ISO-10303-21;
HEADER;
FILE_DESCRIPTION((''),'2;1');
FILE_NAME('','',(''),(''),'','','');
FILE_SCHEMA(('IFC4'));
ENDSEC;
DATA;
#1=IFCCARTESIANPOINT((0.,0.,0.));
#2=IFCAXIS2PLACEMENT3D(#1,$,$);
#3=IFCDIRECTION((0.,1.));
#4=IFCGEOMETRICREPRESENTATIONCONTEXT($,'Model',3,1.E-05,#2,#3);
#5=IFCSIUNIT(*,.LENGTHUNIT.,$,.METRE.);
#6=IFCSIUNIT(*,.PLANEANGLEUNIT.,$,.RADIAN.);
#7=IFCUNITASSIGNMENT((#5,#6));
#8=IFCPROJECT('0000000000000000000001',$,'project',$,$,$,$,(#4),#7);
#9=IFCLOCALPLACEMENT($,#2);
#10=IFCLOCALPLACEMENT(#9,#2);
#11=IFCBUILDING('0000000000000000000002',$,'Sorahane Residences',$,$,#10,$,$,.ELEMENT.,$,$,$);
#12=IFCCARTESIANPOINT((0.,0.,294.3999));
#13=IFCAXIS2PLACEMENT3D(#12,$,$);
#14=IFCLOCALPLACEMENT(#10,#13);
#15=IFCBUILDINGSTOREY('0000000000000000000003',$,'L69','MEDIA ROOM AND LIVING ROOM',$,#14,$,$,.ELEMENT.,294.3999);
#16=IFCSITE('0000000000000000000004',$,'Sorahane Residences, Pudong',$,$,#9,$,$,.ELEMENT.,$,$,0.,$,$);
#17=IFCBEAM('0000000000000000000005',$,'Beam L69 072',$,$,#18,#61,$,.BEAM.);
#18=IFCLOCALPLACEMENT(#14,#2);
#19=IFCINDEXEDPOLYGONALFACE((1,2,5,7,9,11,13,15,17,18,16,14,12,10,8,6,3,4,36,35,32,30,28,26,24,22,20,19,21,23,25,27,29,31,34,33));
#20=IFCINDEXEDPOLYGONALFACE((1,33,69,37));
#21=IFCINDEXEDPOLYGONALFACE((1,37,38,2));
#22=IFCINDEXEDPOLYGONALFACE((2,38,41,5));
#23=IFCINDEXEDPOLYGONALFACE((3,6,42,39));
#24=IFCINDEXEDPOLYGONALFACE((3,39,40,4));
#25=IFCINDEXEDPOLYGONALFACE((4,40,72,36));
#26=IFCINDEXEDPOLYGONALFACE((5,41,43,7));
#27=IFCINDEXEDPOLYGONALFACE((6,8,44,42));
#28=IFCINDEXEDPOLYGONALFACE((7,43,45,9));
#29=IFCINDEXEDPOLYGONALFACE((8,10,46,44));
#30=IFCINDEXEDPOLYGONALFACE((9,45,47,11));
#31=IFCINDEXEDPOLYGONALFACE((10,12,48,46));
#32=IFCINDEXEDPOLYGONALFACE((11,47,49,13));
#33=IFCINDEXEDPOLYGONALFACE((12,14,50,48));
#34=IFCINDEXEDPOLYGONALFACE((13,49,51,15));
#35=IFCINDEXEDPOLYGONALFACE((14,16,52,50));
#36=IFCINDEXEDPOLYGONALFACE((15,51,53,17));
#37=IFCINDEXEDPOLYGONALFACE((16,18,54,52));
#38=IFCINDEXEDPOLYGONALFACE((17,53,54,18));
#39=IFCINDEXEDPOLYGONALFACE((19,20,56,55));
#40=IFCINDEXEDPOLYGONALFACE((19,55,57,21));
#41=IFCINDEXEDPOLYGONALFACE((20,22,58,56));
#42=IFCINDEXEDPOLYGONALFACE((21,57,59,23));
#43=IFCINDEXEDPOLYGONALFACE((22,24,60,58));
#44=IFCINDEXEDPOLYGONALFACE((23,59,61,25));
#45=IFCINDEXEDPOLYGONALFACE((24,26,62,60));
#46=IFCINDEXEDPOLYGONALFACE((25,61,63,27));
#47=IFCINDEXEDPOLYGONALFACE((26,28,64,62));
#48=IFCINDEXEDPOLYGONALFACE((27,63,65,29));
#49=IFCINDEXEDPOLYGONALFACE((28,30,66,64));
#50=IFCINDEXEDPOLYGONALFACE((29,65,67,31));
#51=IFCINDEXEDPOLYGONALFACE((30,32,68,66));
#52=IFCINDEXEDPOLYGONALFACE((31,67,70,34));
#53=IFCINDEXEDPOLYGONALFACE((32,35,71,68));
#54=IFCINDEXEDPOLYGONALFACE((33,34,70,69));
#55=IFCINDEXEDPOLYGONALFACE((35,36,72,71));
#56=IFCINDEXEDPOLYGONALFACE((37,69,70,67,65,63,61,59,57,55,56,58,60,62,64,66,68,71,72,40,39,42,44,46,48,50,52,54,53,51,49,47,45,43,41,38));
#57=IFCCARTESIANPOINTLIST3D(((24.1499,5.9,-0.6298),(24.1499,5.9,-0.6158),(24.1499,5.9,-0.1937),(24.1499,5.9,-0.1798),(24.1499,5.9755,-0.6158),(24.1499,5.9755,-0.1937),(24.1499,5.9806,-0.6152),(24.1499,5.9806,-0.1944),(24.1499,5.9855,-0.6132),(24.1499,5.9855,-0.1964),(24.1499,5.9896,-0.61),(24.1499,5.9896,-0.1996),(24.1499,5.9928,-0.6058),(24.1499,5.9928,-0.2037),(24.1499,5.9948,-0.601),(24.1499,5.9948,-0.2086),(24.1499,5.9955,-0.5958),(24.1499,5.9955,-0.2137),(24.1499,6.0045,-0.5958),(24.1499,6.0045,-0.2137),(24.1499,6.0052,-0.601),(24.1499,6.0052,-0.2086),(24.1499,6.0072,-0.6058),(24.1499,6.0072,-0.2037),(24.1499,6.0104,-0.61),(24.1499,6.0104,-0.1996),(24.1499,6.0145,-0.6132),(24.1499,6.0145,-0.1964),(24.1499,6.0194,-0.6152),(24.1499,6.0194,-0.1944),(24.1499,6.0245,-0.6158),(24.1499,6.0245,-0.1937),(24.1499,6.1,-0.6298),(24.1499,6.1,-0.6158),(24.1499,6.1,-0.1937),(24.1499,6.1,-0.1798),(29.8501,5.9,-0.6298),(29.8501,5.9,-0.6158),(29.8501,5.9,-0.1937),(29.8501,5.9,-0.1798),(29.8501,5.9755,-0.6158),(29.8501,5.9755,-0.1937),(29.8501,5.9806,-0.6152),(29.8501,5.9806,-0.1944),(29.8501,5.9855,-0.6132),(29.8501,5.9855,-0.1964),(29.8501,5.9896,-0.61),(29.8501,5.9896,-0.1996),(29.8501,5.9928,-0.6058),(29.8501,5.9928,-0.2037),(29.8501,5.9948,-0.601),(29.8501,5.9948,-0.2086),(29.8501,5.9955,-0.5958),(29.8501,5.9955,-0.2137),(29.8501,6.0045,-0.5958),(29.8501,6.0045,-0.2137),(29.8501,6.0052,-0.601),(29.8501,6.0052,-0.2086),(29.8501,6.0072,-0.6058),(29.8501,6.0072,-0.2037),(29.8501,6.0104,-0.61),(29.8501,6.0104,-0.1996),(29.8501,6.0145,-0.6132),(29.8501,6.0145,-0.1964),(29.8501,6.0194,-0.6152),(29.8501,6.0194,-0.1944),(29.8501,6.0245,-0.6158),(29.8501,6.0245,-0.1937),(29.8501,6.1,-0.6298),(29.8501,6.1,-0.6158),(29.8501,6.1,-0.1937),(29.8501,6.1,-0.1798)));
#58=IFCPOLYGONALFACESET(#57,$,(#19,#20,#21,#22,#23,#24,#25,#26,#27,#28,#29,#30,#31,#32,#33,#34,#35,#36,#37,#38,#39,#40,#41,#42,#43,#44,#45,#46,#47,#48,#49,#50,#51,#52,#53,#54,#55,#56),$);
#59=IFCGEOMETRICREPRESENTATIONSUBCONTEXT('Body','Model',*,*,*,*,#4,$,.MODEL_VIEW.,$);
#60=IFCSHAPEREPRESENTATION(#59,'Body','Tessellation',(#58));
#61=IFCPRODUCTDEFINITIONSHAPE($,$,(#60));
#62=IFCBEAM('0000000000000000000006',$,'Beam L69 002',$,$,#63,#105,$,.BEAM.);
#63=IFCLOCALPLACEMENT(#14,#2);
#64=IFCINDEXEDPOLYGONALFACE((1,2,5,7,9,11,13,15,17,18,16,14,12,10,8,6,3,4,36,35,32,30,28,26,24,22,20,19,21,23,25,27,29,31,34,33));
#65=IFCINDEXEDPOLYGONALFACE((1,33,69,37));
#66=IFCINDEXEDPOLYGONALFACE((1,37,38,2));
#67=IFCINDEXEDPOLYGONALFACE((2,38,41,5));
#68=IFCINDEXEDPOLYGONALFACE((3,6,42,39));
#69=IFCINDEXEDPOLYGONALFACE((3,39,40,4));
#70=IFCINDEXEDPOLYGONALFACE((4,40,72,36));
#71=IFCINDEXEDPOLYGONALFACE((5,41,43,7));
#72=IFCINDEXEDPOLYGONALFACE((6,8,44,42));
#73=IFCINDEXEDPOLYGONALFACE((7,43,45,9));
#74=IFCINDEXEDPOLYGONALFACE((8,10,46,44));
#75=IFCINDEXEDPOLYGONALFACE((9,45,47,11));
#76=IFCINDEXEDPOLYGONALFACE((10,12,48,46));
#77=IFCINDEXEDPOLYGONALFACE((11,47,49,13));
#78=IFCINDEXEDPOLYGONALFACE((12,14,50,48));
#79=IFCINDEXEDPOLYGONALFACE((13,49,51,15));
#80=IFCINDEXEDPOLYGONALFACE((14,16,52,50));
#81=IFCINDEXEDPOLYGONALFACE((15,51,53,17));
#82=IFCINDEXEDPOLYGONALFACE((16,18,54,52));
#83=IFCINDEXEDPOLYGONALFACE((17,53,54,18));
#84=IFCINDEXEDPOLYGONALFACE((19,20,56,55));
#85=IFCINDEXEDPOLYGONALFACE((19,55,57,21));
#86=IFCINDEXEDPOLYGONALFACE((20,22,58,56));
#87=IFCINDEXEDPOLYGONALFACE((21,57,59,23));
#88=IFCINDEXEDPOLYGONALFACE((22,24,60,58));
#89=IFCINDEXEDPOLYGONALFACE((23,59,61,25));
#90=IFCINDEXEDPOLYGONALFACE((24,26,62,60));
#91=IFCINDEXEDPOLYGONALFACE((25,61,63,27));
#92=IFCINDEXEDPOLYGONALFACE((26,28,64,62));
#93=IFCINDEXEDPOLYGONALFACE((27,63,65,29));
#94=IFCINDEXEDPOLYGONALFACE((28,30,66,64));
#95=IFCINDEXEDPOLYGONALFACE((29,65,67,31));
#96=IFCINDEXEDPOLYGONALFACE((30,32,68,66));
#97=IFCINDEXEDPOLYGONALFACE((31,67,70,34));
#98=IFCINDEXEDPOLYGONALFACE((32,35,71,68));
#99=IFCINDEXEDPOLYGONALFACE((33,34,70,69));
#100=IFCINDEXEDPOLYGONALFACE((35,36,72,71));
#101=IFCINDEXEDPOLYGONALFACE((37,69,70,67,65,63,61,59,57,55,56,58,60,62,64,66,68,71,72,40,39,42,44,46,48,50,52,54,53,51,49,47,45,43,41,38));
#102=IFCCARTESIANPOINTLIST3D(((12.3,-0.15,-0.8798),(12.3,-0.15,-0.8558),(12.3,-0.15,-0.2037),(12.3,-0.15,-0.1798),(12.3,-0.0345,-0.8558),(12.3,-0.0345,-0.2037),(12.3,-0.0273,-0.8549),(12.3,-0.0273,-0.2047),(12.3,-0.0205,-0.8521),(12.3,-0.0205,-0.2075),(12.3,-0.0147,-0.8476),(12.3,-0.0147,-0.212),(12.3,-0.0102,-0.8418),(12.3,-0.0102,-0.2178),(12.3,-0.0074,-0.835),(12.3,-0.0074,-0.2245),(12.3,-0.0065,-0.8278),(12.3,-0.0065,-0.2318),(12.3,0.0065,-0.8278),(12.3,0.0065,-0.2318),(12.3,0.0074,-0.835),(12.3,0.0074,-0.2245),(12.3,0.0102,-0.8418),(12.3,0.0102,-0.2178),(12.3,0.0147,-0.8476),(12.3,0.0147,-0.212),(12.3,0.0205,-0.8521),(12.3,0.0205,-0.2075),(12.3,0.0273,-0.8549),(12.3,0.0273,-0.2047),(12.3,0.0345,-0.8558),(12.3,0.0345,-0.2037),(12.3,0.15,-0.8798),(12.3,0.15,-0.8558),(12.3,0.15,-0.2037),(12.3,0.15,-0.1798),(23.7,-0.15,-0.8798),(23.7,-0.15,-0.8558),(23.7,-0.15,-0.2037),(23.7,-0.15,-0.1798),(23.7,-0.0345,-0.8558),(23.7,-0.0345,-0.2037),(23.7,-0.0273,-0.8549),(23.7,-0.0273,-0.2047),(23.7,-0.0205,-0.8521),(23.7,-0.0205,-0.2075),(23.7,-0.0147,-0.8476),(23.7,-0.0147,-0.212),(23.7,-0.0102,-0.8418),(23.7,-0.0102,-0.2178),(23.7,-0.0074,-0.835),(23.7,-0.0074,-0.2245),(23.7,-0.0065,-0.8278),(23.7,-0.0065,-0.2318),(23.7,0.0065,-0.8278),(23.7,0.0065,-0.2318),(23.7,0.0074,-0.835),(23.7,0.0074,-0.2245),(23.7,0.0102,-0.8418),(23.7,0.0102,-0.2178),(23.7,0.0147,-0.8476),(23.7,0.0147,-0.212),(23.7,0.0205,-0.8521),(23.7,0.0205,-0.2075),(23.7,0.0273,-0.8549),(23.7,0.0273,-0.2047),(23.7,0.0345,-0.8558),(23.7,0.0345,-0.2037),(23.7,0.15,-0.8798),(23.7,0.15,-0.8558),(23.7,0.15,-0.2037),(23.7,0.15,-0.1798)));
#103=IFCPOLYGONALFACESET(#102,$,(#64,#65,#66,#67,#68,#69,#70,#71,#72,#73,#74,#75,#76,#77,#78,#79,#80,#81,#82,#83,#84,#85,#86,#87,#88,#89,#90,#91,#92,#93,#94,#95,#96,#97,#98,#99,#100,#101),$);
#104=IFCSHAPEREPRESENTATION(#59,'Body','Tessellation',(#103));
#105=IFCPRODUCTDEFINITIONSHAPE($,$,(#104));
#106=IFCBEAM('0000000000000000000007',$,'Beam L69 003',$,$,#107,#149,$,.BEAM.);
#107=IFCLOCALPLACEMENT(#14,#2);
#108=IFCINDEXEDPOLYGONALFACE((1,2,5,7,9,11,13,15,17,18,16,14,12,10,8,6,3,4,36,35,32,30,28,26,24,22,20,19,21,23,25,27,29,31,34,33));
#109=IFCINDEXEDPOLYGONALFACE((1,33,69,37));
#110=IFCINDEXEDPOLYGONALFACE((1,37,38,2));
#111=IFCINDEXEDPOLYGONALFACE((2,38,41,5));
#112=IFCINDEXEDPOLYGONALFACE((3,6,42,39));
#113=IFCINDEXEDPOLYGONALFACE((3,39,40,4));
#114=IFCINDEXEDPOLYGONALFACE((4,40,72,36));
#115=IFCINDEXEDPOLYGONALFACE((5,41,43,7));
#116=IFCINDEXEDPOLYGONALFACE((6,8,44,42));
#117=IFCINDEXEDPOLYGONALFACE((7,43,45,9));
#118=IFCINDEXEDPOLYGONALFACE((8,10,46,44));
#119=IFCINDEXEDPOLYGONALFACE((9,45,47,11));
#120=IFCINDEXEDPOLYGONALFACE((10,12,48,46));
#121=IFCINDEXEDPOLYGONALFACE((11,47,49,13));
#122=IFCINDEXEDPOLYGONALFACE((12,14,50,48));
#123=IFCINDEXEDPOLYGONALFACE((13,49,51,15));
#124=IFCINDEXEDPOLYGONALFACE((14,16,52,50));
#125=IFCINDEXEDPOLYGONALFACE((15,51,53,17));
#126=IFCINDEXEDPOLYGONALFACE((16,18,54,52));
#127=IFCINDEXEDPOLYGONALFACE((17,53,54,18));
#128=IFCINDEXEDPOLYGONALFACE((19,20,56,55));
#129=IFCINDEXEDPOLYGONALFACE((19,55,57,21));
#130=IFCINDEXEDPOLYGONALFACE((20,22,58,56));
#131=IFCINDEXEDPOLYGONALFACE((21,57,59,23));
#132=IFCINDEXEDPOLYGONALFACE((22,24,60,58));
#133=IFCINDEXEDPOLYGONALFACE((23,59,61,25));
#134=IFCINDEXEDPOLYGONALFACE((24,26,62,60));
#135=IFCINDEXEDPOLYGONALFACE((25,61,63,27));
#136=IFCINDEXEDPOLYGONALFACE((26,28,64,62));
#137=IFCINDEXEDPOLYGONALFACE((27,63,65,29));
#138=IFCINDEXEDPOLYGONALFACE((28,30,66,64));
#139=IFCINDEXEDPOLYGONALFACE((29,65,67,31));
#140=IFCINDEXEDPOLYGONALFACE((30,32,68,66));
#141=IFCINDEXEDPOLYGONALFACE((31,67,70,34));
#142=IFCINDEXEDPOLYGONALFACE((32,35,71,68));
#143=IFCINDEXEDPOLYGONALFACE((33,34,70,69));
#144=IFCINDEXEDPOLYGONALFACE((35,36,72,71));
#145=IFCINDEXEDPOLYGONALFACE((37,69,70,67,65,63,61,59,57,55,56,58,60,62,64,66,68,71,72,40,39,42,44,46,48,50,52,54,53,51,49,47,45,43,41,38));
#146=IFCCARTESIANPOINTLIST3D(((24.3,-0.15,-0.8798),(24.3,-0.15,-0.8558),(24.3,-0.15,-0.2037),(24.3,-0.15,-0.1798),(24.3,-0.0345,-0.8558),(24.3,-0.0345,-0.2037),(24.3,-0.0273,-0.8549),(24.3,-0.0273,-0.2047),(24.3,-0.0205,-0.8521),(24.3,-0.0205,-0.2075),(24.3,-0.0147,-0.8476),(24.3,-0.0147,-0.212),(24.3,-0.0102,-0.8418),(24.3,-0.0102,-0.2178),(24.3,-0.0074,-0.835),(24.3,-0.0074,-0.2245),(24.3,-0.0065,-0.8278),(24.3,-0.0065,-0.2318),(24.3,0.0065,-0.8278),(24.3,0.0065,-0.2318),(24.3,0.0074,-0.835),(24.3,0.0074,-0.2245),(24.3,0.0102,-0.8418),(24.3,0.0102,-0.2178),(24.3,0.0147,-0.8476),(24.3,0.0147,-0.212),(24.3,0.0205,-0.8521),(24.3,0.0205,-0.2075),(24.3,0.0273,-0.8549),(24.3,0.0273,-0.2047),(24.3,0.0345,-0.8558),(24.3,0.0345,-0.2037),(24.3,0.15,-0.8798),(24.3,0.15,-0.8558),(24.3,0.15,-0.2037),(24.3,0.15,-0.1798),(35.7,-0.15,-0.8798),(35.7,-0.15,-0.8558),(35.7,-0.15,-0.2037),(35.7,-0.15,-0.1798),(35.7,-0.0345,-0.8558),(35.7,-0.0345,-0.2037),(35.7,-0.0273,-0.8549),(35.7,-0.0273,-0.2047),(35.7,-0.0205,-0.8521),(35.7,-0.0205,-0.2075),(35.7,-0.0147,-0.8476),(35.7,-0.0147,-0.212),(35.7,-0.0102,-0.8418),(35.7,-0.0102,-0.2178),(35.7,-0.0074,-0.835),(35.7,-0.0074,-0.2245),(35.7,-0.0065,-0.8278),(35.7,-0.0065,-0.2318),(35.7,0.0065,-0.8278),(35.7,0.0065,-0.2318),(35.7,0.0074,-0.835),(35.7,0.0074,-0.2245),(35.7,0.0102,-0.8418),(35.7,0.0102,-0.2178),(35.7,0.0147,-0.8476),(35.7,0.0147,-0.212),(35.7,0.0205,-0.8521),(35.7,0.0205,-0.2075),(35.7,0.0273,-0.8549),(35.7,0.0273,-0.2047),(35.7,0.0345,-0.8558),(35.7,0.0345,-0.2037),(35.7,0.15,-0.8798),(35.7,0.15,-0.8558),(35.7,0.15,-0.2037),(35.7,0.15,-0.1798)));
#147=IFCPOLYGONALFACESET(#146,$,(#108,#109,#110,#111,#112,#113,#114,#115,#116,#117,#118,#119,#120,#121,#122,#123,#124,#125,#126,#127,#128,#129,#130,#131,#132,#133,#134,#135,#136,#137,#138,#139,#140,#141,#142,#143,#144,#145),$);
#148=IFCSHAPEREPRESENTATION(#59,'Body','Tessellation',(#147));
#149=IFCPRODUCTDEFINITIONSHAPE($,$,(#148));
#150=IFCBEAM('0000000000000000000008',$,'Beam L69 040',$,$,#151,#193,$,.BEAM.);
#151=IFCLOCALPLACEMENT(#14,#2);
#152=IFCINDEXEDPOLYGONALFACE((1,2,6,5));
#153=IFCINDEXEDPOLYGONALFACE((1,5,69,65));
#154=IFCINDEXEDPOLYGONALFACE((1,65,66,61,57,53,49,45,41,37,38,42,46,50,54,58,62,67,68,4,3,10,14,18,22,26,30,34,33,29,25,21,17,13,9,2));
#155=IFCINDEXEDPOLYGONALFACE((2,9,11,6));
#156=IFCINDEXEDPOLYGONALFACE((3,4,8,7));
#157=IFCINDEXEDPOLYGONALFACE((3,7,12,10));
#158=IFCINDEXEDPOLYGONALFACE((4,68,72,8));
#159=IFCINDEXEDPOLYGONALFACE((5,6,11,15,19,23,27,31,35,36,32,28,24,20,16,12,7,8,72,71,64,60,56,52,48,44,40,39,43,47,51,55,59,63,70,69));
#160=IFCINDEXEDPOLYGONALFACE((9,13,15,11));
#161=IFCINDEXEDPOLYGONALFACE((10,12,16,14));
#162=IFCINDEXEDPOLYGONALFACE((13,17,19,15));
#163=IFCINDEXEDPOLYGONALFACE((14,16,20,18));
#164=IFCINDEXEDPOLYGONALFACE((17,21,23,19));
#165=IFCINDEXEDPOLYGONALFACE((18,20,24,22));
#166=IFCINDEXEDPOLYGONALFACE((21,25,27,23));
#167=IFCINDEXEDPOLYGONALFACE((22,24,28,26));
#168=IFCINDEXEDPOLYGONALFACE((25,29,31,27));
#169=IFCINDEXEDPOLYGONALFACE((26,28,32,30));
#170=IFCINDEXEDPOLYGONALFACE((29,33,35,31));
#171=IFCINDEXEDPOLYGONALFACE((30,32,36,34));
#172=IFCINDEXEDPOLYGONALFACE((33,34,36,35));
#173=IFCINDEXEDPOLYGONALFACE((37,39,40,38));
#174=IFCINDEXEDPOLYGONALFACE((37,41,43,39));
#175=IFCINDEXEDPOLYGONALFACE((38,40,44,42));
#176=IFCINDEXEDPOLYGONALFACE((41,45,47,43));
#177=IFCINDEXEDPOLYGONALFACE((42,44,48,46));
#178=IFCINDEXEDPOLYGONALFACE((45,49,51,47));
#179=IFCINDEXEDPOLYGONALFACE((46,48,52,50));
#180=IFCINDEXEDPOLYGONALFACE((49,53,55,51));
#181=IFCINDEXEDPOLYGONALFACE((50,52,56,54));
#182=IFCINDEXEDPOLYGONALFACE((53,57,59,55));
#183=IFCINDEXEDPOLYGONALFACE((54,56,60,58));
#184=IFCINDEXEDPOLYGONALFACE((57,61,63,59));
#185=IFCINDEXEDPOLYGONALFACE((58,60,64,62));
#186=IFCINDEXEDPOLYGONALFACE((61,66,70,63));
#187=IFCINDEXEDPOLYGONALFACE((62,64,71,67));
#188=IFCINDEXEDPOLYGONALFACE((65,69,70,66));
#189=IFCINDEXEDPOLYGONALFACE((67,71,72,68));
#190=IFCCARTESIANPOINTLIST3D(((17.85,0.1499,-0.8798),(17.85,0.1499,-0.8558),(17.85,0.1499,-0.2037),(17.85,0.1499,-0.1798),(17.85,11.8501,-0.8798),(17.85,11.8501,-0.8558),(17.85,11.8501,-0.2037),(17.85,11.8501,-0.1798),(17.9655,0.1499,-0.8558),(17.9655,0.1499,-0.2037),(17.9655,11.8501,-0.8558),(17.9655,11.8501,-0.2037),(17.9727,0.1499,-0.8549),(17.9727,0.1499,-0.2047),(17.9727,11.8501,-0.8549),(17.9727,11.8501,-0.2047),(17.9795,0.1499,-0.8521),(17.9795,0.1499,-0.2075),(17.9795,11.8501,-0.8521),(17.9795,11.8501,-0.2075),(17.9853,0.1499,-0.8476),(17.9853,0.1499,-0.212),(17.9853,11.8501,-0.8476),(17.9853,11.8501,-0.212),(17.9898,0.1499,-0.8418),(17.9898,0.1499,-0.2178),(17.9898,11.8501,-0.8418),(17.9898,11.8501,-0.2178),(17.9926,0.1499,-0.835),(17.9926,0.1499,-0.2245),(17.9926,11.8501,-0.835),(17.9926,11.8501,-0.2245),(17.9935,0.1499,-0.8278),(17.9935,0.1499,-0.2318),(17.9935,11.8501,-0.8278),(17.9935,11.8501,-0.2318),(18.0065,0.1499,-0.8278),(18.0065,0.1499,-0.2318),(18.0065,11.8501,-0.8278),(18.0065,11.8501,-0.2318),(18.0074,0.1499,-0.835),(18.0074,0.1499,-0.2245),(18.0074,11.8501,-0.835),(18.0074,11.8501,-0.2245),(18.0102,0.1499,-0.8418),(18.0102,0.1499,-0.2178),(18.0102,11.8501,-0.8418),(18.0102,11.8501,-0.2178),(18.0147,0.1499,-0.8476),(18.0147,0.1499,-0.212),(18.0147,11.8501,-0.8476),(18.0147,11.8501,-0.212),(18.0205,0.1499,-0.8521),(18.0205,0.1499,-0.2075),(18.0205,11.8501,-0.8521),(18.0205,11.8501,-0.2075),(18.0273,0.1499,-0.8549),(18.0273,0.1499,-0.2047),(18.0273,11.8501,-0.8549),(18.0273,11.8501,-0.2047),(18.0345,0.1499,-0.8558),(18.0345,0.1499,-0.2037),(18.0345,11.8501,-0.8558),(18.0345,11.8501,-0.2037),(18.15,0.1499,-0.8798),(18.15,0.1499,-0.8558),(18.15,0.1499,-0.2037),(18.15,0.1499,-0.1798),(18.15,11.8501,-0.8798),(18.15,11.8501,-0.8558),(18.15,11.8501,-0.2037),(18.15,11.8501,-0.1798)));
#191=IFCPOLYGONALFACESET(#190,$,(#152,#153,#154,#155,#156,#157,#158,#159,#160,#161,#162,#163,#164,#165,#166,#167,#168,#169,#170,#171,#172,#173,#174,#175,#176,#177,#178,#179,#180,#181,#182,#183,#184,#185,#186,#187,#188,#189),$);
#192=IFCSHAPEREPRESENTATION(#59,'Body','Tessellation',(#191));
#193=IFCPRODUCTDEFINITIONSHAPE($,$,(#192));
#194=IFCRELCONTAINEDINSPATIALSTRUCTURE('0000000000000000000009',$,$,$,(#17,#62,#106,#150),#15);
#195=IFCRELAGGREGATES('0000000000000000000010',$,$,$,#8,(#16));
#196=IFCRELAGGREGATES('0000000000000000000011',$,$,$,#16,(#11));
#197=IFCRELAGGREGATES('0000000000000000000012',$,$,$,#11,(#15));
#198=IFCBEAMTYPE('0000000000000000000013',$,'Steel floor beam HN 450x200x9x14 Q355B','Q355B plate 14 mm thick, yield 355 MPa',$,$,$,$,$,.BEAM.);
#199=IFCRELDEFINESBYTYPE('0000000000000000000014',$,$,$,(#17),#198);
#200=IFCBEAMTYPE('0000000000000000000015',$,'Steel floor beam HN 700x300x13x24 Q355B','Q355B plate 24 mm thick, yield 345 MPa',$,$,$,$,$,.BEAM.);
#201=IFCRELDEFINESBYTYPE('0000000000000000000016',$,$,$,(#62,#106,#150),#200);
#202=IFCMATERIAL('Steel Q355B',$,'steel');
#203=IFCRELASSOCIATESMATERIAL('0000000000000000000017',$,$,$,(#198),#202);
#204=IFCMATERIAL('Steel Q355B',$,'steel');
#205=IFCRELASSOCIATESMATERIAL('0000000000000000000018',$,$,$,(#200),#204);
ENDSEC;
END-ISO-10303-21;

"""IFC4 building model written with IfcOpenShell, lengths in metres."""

from ifc_helpers import new_model, si_unit, direction, frame, origin, origin_2d, place, context, subcontext, project, spatial, i_section, extrude, material, material_profile, profile_set, type_object, element, save


model = new_model("IFC4")

# Units and contexts
model_context = context("Model", 3, precision=1e-05, world=origin(), true_north=direction((0.0, 1.0)))
body_context = subcontext(model_context, "Body", "Model", "MODEL_VIEW")
ifc_project = project(units=[si_unit("LENGTHUNIT", "METRE"), si_unit("PLANEANGLEUNIT", "RADIAN")], contexts=[model_context])

# Site, building, storey
site_placement = place(None, origin())
site = spatial("IfcSite", under=ifc_project, at=site_placement, Name="Sorahane Residences, Pudong", CompositionType="ELEMENT", RefElevation=0.0)
building_placement = place(site_placement, origin())
building = spatial("IfcBuilding", under=site, at=building_placement, Name="Sorahane Residences", CompositionType="ELEMENT")
storey_placement = place(building_placement, frame((0.0, 0.0, 294.3999)))
storey = spatial("IfcBuildingStorey", under=building, at=storey_placement, Name="L69", Description="MEDIA ROOM AND LIVING ROOM", CompositionType="ELEMENT", Elevation=294.3999)

# Beams
ifc_material_1 = material(Name="Steel Q355B", Category="steel")
ifc_material_profile_1 = material_profile(ifc_material_1, i_section(OverallWidth=0.2, OverallDepth=0.45, WebThickness=0.009, FlangeThickness=0.0139, FilletRadius=0.02, at=origin_2d()), Name="HN 450x200x9x14")
ifc_profile_set_1 = profile_set([ifc_material_profile_1], Name="Steel Q355B")
beam_type_1 = type_object("IfcBeamType", Name="Steel floor beam HN 450x200x9x14 Q355B", Description="Q355B plate 14 mm thick, yield 355 MPa", PredefinedType="BEAM", material=ifc_profile_set_1)
for number, where, z_axis, x_axis, name in (
    (1, (24.1499, 6.0, -0.4048), (1.0, 0.0, 0.0), (0.0, 1.0, 0.0), "Beam L69 072"),
):
    element("IfcBeam", number, at=place(storey_placement, frame(where, z_axis=z_axis, x_axis=x_axis)), inside=storey, type_object=beam_type_1, Name=name, PredefinedType="BEAM", context=body_context, shape_type="SweptSolid", body=[
        extrude(i_section(OverallWidth=0.2, OverallDepth=0.45, WebThickness=0.009, FlangeThickness=0.0139, FilletRadius=0.02, at=origin_2d()), origin(), (0.0, 0.0, 1.0), 5.7002),
    ])
ifc_material_2 = material(Name="Steel Q355B", Category="steel")
ifc_material_profile_2 = material_profile(ifc_material_2, i_section(OverallWidth=0.3, OverallDepth=0.7, WebThickness=0.0129, FlangeThickness=0.0239, FilletRadius=0.0281, at=origin_2d()), Name="HN 700x300x13x24")
ifc_profile_set_2 = profile_set([ifc_material_profile_2], Name="Steel Q355B")
beam_type_2 = type_object("IfcBeamType", Name="Steel floor beam HN 700x300x13x24 Q355B", Description="Q355B plate 24 mm thick, yield 345 MPa", PredefinedType="BEAM", material=ifc_profile_set_2)
for number, where, z_axis, x_axis, name in (
    (2, (12.3, 0.0, -0.5298), (1.0, 0.0, 0.0), (0.0, 1.0, 0.0), "Beam L69 002"),
    (3, (24.3, 0.0, -0.5298), (1.0, 0.0, 0.0), (0.0, 1.0, 0.0), "Beam L69 003"),
):
    element("IfcBeam", number, at=place(storey_placement, frame(where, z_axis=z_axis, x_axis=x_axis)), inside=storey, type_object=beam_type_2, Name=name, PredefinedType="BEAM", context=body_context, shape_type="SweptSolid", body=[
        extrude(i_section(OverallWidth=0.3, OverallDepth=0.7, WebThickness=0.0129, FlangeThickness=0.0239, FilletRadius=0.0281, at=origin_2d()), origin(), (0.0, 0.0, 1.0), 11.3999),
    ])
beam_1_placement = place(storey_placement, frame((18.0, 0.1499, -0.5298), z_axis=(0.0, 1.0, 0.0), x_axis=(-1.0, 0.0, 0.0)))
element("IfcBeam", 4, at=beam_1_placement, inside=storey, type_object=beam_type_2, Name="Beam L69 040", PredefinedType="BEAM", context=body_context, shape_type="SweptSolid", body=[
    extrude(i_section(OverallWidth=0.3, OverallDepth=0.7, WebThickness=0.0129, FlangeThickness=0.0239, FilletRadius=0.0281, at=origin_2d()), origin(), (0.0, 0.0, 1.0), 11.7002),
])

save(model, "model.ifc")
